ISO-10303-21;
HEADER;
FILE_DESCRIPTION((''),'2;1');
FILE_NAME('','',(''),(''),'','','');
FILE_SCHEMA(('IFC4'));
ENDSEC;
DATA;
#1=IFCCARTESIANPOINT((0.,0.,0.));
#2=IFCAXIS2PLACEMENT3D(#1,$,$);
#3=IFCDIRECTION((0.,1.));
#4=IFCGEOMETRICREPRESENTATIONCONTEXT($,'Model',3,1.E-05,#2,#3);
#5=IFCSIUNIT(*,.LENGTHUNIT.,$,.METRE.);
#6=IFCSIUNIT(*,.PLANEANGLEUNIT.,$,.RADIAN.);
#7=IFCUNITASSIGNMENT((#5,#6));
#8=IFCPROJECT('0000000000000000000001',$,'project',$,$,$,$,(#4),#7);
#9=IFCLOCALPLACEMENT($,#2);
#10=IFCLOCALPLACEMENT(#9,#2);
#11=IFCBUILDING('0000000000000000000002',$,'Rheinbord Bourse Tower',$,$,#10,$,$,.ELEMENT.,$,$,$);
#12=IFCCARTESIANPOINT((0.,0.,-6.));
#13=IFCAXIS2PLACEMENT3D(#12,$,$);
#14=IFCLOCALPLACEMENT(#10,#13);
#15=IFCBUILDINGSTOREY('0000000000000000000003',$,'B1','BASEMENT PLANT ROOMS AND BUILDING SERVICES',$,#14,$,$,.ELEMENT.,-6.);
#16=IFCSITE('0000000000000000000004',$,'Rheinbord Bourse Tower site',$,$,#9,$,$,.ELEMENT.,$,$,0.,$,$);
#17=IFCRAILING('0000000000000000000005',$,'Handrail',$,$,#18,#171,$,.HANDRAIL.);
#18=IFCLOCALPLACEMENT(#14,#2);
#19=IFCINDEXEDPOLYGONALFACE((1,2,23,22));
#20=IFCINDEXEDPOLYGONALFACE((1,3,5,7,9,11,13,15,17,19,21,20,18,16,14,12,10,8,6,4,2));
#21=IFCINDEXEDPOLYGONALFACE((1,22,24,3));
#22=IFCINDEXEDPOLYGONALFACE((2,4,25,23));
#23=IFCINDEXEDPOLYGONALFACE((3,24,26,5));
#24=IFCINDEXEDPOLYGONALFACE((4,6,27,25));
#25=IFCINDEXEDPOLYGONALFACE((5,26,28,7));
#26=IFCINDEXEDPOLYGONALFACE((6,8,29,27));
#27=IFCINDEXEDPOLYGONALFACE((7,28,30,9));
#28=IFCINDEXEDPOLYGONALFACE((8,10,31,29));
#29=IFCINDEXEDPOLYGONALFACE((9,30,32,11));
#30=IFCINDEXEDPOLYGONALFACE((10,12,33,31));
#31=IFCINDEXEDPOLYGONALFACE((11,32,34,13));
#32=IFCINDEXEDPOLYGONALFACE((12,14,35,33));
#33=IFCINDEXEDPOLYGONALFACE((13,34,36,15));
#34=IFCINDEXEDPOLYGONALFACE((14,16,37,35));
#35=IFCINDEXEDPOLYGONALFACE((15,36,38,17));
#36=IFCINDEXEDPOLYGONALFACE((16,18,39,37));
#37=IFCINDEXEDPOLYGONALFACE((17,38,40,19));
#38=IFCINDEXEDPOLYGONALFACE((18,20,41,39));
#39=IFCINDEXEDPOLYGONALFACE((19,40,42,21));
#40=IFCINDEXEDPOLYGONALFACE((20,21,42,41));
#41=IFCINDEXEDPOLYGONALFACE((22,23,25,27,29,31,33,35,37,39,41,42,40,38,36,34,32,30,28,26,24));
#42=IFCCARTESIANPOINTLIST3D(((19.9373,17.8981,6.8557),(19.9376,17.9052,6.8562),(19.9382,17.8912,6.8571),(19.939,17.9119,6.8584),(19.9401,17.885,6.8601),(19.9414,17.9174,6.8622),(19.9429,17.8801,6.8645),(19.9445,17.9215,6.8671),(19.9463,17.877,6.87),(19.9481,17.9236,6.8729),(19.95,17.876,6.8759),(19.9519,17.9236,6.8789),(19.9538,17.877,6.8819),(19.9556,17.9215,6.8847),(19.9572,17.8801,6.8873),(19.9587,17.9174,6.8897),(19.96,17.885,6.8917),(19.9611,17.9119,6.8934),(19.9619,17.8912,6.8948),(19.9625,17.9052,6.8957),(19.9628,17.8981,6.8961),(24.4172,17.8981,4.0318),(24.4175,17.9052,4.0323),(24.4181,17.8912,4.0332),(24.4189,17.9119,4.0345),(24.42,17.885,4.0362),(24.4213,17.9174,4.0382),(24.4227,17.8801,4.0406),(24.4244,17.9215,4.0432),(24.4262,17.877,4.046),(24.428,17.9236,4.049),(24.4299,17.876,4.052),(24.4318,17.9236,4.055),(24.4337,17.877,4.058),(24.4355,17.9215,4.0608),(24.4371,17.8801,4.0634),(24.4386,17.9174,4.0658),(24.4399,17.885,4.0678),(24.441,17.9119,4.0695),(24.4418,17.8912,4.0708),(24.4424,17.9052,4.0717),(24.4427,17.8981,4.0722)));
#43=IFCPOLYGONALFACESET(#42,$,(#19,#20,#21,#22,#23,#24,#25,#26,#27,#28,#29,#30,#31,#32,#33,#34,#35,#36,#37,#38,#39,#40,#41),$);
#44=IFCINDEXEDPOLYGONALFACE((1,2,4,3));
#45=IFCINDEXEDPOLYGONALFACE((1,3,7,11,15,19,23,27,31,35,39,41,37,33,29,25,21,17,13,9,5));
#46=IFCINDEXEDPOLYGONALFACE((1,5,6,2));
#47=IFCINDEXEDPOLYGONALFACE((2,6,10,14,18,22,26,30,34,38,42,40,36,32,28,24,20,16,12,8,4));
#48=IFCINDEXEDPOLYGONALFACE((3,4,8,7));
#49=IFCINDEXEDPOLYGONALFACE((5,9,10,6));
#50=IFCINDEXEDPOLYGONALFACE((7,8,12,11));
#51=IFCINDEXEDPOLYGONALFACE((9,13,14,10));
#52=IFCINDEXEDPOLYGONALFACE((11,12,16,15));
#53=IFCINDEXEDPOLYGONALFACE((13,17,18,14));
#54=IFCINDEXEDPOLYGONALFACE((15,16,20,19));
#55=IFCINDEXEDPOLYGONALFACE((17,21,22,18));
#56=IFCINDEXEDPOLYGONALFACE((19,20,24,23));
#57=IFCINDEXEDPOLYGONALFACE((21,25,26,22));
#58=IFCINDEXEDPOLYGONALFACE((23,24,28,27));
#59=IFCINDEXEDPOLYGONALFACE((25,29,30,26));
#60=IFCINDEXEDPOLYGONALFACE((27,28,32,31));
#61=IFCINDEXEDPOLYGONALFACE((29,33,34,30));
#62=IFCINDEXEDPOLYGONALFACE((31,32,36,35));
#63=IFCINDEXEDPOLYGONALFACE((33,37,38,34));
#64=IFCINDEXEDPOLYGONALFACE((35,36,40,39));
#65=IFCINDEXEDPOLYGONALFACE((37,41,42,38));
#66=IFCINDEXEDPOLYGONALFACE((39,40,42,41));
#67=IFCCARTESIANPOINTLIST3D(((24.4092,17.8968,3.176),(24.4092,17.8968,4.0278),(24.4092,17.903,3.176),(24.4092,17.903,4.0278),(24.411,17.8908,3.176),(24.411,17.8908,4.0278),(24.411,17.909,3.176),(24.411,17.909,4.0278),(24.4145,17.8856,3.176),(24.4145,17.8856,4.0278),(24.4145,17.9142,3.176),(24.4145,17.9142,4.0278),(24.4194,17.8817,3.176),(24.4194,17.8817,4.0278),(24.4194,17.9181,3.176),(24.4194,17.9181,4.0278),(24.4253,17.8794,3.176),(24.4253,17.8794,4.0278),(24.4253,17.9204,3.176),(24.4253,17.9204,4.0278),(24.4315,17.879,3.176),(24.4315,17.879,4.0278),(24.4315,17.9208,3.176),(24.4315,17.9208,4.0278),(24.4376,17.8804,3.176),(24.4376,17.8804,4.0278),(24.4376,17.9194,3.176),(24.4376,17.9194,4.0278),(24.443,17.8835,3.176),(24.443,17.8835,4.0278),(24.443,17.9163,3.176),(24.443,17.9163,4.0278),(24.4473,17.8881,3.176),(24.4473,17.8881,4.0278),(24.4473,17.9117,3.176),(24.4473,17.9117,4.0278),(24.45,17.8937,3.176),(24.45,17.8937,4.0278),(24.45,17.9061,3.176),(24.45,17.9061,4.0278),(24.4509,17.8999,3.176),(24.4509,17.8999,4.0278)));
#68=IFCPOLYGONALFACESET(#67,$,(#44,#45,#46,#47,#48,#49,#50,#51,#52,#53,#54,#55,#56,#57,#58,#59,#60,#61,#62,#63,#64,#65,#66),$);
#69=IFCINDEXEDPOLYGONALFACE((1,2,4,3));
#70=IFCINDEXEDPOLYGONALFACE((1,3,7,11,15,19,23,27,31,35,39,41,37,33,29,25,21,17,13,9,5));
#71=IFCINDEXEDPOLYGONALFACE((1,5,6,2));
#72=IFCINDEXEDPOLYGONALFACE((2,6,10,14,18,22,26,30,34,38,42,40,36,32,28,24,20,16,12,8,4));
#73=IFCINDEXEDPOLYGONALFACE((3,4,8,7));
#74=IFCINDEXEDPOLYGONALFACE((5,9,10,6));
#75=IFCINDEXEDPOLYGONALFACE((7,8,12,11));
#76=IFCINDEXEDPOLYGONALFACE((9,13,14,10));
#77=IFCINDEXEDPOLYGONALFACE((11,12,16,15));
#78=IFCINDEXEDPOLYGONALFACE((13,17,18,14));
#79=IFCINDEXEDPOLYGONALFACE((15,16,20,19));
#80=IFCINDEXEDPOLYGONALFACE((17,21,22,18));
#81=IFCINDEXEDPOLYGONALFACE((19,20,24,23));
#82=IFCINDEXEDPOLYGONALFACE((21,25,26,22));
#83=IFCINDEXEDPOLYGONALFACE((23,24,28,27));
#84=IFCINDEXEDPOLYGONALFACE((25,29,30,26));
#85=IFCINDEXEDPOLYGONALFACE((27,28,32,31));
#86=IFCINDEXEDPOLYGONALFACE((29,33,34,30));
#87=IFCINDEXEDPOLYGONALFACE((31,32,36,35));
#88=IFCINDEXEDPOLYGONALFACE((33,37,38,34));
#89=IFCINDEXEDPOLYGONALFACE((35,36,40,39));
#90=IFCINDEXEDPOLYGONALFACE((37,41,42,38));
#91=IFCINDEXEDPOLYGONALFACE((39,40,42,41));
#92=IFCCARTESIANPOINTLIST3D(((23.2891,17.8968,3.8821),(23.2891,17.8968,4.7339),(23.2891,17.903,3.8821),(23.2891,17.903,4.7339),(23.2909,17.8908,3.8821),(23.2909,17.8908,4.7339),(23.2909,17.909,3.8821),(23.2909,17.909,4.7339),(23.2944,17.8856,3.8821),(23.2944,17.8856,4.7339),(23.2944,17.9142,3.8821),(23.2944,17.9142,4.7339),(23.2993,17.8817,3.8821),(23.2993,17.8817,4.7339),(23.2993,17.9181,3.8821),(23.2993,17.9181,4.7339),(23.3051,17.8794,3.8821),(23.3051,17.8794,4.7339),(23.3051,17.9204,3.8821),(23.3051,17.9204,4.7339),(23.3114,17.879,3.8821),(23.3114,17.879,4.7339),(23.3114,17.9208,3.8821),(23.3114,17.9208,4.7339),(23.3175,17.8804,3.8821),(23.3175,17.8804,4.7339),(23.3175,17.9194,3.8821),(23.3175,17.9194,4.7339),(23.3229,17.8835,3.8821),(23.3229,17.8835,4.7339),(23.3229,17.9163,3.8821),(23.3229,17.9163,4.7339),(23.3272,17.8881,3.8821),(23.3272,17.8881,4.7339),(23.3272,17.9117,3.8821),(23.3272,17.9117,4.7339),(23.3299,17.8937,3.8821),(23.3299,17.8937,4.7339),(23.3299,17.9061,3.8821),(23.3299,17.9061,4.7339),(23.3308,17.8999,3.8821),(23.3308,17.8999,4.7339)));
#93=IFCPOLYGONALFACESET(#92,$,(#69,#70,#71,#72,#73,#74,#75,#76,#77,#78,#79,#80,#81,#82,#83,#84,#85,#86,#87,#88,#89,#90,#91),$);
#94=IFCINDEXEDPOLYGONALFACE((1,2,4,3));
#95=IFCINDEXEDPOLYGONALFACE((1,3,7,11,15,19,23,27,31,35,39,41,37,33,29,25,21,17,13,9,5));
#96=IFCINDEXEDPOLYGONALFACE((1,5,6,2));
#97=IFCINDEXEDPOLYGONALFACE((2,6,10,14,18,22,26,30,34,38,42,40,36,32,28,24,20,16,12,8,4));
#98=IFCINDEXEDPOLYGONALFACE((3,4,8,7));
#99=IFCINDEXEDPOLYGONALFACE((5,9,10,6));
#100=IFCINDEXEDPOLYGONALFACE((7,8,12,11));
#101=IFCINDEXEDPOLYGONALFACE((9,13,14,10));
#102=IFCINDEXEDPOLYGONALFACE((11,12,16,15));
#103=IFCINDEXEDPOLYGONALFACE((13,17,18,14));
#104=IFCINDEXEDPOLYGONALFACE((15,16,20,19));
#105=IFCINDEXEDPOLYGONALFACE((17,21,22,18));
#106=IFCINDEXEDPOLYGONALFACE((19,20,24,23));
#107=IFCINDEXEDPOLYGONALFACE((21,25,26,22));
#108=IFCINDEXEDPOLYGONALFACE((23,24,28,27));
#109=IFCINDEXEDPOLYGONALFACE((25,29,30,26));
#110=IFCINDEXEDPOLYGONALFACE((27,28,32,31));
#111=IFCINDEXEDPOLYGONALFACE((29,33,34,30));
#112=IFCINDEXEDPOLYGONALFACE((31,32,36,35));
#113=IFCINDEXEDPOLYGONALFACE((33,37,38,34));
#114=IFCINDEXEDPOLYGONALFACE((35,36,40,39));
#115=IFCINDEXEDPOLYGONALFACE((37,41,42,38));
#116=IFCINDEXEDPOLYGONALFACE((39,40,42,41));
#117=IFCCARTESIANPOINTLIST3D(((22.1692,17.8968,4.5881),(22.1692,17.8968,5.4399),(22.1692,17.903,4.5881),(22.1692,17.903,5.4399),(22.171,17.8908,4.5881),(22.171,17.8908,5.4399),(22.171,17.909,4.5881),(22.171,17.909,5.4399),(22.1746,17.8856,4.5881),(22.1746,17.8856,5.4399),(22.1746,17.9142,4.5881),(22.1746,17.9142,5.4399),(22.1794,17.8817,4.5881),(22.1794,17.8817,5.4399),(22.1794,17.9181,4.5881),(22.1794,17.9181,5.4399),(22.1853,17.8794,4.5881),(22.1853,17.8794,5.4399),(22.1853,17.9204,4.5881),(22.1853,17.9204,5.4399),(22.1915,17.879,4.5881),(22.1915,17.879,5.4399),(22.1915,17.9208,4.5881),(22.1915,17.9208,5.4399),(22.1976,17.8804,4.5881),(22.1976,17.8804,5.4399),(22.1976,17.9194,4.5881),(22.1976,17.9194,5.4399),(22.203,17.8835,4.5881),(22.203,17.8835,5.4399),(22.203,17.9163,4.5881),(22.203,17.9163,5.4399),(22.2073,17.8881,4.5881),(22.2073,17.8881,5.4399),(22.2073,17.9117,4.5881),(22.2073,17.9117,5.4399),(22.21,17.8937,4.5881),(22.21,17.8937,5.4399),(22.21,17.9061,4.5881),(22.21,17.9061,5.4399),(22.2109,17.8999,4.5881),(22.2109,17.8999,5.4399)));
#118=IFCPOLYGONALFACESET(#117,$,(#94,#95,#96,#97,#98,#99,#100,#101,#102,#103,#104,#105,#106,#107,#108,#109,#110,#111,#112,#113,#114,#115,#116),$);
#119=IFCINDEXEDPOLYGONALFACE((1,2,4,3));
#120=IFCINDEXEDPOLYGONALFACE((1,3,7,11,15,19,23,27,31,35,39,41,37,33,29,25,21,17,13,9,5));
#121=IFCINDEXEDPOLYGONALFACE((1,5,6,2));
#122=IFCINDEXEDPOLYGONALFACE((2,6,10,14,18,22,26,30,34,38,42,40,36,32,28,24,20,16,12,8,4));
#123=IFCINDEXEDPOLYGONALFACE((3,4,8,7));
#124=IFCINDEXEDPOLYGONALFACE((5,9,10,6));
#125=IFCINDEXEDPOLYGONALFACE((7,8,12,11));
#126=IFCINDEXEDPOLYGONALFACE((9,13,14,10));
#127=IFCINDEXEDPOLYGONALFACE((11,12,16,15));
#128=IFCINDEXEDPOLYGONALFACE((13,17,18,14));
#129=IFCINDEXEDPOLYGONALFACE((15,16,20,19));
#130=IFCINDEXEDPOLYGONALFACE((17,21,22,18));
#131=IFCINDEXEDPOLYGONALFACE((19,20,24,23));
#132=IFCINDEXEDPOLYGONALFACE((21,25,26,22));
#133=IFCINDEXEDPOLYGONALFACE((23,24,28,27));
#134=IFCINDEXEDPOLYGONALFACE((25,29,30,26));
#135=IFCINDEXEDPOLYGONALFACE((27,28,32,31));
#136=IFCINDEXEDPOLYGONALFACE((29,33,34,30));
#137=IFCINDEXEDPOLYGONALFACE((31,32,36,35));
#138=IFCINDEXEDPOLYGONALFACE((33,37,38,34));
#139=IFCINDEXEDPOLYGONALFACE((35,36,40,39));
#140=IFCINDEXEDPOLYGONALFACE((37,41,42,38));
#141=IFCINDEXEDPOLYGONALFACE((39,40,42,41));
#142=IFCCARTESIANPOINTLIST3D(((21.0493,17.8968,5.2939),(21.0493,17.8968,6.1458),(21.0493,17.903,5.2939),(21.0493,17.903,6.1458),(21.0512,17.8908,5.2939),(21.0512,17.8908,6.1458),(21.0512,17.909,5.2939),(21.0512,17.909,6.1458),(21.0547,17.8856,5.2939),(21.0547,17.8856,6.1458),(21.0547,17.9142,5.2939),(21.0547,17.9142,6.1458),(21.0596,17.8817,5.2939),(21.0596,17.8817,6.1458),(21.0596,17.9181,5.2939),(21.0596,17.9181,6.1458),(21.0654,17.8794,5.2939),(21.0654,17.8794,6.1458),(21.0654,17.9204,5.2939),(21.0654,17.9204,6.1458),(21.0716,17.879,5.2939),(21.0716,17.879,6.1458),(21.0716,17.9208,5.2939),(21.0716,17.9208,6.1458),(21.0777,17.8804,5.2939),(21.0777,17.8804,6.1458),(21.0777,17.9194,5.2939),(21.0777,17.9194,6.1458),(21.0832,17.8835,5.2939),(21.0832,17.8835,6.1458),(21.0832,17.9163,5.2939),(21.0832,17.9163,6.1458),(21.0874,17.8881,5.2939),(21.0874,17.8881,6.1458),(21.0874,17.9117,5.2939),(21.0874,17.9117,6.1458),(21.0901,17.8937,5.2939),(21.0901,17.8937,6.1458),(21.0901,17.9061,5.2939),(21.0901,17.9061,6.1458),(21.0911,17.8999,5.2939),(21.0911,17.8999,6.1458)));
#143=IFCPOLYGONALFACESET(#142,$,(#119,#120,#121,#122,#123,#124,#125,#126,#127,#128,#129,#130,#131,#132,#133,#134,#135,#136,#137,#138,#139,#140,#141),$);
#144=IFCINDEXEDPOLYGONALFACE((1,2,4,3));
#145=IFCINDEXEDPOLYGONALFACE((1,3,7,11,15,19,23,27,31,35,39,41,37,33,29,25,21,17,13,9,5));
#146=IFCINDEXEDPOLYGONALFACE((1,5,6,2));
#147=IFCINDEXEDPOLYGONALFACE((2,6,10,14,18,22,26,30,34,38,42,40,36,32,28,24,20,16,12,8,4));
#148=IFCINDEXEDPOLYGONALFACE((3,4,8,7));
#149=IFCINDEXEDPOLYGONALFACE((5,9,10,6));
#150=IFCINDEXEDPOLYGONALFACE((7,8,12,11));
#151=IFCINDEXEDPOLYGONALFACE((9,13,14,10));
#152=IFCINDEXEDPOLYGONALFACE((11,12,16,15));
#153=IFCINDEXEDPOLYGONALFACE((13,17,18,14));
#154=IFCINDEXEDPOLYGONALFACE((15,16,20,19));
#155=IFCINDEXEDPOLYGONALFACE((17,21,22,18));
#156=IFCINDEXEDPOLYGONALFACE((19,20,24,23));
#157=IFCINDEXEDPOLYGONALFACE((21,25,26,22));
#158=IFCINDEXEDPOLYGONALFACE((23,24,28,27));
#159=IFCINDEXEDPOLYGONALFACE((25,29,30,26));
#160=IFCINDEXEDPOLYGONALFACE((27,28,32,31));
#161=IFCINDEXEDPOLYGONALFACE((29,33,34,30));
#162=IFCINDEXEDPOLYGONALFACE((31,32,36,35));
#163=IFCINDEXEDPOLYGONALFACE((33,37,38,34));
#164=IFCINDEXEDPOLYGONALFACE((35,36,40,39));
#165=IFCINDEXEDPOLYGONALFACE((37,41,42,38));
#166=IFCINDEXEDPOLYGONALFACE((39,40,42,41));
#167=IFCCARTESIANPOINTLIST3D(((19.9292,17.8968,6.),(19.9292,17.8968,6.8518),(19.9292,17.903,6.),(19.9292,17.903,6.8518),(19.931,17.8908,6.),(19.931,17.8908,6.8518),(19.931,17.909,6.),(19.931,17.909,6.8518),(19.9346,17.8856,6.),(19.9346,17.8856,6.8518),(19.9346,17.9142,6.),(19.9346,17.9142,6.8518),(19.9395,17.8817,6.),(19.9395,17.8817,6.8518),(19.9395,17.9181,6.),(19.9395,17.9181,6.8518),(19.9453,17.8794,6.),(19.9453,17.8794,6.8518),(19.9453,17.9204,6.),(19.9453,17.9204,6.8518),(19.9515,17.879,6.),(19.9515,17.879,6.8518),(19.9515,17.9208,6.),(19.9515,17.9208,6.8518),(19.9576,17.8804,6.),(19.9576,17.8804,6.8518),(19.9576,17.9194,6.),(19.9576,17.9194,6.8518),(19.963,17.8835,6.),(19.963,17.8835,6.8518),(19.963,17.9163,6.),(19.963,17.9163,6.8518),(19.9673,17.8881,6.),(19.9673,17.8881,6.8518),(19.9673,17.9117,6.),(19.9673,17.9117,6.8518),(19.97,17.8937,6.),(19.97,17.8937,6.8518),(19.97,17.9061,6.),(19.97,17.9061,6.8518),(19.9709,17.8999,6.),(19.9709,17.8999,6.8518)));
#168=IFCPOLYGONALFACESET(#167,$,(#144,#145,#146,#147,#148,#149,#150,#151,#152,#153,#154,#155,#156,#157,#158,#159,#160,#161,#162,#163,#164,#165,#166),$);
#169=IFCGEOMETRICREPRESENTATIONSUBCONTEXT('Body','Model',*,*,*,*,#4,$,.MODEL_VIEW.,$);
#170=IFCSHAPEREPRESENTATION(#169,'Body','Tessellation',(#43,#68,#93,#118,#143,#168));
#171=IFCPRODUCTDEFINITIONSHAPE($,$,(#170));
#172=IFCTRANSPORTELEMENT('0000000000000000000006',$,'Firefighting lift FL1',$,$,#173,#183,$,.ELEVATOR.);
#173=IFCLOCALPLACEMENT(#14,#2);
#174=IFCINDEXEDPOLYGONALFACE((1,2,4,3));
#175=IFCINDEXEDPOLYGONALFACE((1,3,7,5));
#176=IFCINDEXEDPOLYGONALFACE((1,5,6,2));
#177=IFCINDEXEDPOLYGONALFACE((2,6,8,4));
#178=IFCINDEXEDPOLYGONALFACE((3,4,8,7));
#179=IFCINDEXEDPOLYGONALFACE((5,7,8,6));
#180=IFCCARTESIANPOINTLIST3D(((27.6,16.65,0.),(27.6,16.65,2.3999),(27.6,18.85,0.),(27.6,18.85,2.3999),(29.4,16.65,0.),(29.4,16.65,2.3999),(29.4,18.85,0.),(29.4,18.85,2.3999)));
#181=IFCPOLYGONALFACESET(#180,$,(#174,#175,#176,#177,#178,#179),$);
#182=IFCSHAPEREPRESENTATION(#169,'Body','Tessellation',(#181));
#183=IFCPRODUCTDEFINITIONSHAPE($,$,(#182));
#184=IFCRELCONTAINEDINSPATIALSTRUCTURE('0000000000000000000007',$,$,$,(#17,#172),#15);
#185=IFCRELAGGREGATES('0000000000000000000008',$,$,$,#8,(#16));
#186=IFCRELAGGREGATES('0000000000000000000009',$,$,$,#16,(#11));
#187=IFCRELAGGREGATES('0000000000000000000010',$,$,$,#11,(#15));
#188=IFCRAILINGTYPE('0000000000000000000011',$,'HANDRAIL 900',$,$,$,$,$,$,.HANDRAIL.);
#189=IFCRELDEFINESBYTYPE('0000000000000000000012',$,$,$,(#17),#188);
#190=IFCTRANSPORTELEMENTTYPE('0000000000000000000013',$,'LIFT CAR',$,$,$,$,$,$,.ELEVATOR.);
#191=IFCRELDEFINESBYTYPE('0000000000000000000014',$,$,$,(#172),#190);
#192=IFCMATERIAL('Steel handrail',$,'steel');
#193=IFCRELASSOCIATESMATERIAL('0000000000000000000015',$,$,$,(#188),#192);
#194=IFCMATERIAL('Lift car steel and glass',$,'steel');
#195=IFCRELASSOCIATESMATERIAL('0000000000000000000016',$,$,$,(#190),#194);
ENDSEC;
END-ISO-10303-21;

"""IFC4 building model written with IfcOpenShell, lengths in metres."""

from ifc_helpers import new_model, si_unit, direction, frame, origin, origin_2d, place, context, subcontext, project, spatial, rectangle, circle, extrude, material, type_object, element, save


model = new_model("IFC4")

# Units and contexts
model_context = context("Model", 3, precision=1e-05, world=origin(), true_north=direction((0.0, 1.0)))
body_context = subcontext(model_context, "Body", "Model", "MODEL_VIEW")
ifc_project = project(units=[si_unit("LENGTHUNIT", "METRE"), si_unit("PLANEANGLEUNIT", "RADIAN")], contexts=[model_context])

# Site, building, storey
site_placement = place(None, origin())
site = spatial("IfcSite", under=ifc_project, at=site_placement, Name="Rheinbord Bourse Tower site", CompositionType="ELEMENT", RefElevation=0.0)
building_placement = place(site_placement, origin())
building = spatial("IfcBuilding", under=site, at=building_placement, Name="Rheinbord Bourse Tower", CompositionType="ELEMENT")
storey_placement = place(building_placement, frame((0.0, 0.0, -6.0)))
storey = spatial("IfcBuildingStorey", under=building, at=storey_placement, Name="B1", Description="BASEMENT PLANT ROOMS AND BUILDING SERVICES", CompositionType="ELEMENT", Elevation=-6.0)

# Railing
ifc_material_1 = material(Name="Steel handrail", Category="steel")
railing_type = type_object("IfcRailingType", Name="HANDRAIL 900", PredefinedType="HANDRAIL", material=ifc_material_1)
railing_1_placement = place(storey_placement, frame((24.4299, 17.8999, 3.176)))
element("IfcRailing", 1, at=railing_1_placement, inside=storey, type_object=railing_type, Name="Handrail", PredefinedType="HANDRAIL", context=body_context, shape_type="SweptSolid", body=[
    extrude(circle(Radius=0.0239, at=origin_2d()), frame((0.0, 0.0, 0.876), z_axis=(-0.845956, 0.0, 0.533252), x_axis=(0.0, -1.0, 0.0)), (0.0, 0.0, 1.0), 5.2957),
    extrude(circle(Radius=0.021, at=origin_2d()), origin(), (0.0, 0.0, 1.0), 0.8518),
    extrude(circle(Radius=0.021, at=origin_2d()), frame((-1.1201, 0.0, 0.7061)), (0.0, 0.0, 1.0), 0.8518),
    extrude(circle(Radius=0.021, at=origin_2d()), frame((-2.24, 0.0, 1.4121)), (0.0, 0.0, 1.0), 0.8518),
    extrude(circle(Radius=0.021, at=origin_2d()), frame((-3.3599, 0.0, 2.1179)), (0.0, 0.0, 1.0), 0.8518),
    extrude(circle(Radius=0.021, at=origin_2d()), frame((-4.48, 0.0, 2.824)), (0.0, 0.0, 1.0), 0.8518),
])

# Transport element
ifc_material_2 = material(Name="Lift car steel and glass", Category="steel")
transport_element_type = type_object("IfcTransportElementType", Name="LIFT CAR", PredefinedType="ELEVATOR", material=ifc_material_2)
transport_element_placement = place(storey_placement, frame((28.5, 17.75, 0.0), z_axis=(0.0, 0.0, 1.0), x_axis=(1.0, 0.0, 0.0)))
element("IfcTransportElement", 2, at=transport_element_placement, inside=storey, type_object=transport_element_type, Name="Firefighting lift FL1", PredefinedType="ELEVATOR", context=body_context, shape_type="SweptSolid", body=[
    extrude(rectangle(XDim=1.8, YDim=2.2, at=origin_2d()), origin(), (0.0, 0.0, 1.0), 2.3999),
])

save(model, "model.ifc")
